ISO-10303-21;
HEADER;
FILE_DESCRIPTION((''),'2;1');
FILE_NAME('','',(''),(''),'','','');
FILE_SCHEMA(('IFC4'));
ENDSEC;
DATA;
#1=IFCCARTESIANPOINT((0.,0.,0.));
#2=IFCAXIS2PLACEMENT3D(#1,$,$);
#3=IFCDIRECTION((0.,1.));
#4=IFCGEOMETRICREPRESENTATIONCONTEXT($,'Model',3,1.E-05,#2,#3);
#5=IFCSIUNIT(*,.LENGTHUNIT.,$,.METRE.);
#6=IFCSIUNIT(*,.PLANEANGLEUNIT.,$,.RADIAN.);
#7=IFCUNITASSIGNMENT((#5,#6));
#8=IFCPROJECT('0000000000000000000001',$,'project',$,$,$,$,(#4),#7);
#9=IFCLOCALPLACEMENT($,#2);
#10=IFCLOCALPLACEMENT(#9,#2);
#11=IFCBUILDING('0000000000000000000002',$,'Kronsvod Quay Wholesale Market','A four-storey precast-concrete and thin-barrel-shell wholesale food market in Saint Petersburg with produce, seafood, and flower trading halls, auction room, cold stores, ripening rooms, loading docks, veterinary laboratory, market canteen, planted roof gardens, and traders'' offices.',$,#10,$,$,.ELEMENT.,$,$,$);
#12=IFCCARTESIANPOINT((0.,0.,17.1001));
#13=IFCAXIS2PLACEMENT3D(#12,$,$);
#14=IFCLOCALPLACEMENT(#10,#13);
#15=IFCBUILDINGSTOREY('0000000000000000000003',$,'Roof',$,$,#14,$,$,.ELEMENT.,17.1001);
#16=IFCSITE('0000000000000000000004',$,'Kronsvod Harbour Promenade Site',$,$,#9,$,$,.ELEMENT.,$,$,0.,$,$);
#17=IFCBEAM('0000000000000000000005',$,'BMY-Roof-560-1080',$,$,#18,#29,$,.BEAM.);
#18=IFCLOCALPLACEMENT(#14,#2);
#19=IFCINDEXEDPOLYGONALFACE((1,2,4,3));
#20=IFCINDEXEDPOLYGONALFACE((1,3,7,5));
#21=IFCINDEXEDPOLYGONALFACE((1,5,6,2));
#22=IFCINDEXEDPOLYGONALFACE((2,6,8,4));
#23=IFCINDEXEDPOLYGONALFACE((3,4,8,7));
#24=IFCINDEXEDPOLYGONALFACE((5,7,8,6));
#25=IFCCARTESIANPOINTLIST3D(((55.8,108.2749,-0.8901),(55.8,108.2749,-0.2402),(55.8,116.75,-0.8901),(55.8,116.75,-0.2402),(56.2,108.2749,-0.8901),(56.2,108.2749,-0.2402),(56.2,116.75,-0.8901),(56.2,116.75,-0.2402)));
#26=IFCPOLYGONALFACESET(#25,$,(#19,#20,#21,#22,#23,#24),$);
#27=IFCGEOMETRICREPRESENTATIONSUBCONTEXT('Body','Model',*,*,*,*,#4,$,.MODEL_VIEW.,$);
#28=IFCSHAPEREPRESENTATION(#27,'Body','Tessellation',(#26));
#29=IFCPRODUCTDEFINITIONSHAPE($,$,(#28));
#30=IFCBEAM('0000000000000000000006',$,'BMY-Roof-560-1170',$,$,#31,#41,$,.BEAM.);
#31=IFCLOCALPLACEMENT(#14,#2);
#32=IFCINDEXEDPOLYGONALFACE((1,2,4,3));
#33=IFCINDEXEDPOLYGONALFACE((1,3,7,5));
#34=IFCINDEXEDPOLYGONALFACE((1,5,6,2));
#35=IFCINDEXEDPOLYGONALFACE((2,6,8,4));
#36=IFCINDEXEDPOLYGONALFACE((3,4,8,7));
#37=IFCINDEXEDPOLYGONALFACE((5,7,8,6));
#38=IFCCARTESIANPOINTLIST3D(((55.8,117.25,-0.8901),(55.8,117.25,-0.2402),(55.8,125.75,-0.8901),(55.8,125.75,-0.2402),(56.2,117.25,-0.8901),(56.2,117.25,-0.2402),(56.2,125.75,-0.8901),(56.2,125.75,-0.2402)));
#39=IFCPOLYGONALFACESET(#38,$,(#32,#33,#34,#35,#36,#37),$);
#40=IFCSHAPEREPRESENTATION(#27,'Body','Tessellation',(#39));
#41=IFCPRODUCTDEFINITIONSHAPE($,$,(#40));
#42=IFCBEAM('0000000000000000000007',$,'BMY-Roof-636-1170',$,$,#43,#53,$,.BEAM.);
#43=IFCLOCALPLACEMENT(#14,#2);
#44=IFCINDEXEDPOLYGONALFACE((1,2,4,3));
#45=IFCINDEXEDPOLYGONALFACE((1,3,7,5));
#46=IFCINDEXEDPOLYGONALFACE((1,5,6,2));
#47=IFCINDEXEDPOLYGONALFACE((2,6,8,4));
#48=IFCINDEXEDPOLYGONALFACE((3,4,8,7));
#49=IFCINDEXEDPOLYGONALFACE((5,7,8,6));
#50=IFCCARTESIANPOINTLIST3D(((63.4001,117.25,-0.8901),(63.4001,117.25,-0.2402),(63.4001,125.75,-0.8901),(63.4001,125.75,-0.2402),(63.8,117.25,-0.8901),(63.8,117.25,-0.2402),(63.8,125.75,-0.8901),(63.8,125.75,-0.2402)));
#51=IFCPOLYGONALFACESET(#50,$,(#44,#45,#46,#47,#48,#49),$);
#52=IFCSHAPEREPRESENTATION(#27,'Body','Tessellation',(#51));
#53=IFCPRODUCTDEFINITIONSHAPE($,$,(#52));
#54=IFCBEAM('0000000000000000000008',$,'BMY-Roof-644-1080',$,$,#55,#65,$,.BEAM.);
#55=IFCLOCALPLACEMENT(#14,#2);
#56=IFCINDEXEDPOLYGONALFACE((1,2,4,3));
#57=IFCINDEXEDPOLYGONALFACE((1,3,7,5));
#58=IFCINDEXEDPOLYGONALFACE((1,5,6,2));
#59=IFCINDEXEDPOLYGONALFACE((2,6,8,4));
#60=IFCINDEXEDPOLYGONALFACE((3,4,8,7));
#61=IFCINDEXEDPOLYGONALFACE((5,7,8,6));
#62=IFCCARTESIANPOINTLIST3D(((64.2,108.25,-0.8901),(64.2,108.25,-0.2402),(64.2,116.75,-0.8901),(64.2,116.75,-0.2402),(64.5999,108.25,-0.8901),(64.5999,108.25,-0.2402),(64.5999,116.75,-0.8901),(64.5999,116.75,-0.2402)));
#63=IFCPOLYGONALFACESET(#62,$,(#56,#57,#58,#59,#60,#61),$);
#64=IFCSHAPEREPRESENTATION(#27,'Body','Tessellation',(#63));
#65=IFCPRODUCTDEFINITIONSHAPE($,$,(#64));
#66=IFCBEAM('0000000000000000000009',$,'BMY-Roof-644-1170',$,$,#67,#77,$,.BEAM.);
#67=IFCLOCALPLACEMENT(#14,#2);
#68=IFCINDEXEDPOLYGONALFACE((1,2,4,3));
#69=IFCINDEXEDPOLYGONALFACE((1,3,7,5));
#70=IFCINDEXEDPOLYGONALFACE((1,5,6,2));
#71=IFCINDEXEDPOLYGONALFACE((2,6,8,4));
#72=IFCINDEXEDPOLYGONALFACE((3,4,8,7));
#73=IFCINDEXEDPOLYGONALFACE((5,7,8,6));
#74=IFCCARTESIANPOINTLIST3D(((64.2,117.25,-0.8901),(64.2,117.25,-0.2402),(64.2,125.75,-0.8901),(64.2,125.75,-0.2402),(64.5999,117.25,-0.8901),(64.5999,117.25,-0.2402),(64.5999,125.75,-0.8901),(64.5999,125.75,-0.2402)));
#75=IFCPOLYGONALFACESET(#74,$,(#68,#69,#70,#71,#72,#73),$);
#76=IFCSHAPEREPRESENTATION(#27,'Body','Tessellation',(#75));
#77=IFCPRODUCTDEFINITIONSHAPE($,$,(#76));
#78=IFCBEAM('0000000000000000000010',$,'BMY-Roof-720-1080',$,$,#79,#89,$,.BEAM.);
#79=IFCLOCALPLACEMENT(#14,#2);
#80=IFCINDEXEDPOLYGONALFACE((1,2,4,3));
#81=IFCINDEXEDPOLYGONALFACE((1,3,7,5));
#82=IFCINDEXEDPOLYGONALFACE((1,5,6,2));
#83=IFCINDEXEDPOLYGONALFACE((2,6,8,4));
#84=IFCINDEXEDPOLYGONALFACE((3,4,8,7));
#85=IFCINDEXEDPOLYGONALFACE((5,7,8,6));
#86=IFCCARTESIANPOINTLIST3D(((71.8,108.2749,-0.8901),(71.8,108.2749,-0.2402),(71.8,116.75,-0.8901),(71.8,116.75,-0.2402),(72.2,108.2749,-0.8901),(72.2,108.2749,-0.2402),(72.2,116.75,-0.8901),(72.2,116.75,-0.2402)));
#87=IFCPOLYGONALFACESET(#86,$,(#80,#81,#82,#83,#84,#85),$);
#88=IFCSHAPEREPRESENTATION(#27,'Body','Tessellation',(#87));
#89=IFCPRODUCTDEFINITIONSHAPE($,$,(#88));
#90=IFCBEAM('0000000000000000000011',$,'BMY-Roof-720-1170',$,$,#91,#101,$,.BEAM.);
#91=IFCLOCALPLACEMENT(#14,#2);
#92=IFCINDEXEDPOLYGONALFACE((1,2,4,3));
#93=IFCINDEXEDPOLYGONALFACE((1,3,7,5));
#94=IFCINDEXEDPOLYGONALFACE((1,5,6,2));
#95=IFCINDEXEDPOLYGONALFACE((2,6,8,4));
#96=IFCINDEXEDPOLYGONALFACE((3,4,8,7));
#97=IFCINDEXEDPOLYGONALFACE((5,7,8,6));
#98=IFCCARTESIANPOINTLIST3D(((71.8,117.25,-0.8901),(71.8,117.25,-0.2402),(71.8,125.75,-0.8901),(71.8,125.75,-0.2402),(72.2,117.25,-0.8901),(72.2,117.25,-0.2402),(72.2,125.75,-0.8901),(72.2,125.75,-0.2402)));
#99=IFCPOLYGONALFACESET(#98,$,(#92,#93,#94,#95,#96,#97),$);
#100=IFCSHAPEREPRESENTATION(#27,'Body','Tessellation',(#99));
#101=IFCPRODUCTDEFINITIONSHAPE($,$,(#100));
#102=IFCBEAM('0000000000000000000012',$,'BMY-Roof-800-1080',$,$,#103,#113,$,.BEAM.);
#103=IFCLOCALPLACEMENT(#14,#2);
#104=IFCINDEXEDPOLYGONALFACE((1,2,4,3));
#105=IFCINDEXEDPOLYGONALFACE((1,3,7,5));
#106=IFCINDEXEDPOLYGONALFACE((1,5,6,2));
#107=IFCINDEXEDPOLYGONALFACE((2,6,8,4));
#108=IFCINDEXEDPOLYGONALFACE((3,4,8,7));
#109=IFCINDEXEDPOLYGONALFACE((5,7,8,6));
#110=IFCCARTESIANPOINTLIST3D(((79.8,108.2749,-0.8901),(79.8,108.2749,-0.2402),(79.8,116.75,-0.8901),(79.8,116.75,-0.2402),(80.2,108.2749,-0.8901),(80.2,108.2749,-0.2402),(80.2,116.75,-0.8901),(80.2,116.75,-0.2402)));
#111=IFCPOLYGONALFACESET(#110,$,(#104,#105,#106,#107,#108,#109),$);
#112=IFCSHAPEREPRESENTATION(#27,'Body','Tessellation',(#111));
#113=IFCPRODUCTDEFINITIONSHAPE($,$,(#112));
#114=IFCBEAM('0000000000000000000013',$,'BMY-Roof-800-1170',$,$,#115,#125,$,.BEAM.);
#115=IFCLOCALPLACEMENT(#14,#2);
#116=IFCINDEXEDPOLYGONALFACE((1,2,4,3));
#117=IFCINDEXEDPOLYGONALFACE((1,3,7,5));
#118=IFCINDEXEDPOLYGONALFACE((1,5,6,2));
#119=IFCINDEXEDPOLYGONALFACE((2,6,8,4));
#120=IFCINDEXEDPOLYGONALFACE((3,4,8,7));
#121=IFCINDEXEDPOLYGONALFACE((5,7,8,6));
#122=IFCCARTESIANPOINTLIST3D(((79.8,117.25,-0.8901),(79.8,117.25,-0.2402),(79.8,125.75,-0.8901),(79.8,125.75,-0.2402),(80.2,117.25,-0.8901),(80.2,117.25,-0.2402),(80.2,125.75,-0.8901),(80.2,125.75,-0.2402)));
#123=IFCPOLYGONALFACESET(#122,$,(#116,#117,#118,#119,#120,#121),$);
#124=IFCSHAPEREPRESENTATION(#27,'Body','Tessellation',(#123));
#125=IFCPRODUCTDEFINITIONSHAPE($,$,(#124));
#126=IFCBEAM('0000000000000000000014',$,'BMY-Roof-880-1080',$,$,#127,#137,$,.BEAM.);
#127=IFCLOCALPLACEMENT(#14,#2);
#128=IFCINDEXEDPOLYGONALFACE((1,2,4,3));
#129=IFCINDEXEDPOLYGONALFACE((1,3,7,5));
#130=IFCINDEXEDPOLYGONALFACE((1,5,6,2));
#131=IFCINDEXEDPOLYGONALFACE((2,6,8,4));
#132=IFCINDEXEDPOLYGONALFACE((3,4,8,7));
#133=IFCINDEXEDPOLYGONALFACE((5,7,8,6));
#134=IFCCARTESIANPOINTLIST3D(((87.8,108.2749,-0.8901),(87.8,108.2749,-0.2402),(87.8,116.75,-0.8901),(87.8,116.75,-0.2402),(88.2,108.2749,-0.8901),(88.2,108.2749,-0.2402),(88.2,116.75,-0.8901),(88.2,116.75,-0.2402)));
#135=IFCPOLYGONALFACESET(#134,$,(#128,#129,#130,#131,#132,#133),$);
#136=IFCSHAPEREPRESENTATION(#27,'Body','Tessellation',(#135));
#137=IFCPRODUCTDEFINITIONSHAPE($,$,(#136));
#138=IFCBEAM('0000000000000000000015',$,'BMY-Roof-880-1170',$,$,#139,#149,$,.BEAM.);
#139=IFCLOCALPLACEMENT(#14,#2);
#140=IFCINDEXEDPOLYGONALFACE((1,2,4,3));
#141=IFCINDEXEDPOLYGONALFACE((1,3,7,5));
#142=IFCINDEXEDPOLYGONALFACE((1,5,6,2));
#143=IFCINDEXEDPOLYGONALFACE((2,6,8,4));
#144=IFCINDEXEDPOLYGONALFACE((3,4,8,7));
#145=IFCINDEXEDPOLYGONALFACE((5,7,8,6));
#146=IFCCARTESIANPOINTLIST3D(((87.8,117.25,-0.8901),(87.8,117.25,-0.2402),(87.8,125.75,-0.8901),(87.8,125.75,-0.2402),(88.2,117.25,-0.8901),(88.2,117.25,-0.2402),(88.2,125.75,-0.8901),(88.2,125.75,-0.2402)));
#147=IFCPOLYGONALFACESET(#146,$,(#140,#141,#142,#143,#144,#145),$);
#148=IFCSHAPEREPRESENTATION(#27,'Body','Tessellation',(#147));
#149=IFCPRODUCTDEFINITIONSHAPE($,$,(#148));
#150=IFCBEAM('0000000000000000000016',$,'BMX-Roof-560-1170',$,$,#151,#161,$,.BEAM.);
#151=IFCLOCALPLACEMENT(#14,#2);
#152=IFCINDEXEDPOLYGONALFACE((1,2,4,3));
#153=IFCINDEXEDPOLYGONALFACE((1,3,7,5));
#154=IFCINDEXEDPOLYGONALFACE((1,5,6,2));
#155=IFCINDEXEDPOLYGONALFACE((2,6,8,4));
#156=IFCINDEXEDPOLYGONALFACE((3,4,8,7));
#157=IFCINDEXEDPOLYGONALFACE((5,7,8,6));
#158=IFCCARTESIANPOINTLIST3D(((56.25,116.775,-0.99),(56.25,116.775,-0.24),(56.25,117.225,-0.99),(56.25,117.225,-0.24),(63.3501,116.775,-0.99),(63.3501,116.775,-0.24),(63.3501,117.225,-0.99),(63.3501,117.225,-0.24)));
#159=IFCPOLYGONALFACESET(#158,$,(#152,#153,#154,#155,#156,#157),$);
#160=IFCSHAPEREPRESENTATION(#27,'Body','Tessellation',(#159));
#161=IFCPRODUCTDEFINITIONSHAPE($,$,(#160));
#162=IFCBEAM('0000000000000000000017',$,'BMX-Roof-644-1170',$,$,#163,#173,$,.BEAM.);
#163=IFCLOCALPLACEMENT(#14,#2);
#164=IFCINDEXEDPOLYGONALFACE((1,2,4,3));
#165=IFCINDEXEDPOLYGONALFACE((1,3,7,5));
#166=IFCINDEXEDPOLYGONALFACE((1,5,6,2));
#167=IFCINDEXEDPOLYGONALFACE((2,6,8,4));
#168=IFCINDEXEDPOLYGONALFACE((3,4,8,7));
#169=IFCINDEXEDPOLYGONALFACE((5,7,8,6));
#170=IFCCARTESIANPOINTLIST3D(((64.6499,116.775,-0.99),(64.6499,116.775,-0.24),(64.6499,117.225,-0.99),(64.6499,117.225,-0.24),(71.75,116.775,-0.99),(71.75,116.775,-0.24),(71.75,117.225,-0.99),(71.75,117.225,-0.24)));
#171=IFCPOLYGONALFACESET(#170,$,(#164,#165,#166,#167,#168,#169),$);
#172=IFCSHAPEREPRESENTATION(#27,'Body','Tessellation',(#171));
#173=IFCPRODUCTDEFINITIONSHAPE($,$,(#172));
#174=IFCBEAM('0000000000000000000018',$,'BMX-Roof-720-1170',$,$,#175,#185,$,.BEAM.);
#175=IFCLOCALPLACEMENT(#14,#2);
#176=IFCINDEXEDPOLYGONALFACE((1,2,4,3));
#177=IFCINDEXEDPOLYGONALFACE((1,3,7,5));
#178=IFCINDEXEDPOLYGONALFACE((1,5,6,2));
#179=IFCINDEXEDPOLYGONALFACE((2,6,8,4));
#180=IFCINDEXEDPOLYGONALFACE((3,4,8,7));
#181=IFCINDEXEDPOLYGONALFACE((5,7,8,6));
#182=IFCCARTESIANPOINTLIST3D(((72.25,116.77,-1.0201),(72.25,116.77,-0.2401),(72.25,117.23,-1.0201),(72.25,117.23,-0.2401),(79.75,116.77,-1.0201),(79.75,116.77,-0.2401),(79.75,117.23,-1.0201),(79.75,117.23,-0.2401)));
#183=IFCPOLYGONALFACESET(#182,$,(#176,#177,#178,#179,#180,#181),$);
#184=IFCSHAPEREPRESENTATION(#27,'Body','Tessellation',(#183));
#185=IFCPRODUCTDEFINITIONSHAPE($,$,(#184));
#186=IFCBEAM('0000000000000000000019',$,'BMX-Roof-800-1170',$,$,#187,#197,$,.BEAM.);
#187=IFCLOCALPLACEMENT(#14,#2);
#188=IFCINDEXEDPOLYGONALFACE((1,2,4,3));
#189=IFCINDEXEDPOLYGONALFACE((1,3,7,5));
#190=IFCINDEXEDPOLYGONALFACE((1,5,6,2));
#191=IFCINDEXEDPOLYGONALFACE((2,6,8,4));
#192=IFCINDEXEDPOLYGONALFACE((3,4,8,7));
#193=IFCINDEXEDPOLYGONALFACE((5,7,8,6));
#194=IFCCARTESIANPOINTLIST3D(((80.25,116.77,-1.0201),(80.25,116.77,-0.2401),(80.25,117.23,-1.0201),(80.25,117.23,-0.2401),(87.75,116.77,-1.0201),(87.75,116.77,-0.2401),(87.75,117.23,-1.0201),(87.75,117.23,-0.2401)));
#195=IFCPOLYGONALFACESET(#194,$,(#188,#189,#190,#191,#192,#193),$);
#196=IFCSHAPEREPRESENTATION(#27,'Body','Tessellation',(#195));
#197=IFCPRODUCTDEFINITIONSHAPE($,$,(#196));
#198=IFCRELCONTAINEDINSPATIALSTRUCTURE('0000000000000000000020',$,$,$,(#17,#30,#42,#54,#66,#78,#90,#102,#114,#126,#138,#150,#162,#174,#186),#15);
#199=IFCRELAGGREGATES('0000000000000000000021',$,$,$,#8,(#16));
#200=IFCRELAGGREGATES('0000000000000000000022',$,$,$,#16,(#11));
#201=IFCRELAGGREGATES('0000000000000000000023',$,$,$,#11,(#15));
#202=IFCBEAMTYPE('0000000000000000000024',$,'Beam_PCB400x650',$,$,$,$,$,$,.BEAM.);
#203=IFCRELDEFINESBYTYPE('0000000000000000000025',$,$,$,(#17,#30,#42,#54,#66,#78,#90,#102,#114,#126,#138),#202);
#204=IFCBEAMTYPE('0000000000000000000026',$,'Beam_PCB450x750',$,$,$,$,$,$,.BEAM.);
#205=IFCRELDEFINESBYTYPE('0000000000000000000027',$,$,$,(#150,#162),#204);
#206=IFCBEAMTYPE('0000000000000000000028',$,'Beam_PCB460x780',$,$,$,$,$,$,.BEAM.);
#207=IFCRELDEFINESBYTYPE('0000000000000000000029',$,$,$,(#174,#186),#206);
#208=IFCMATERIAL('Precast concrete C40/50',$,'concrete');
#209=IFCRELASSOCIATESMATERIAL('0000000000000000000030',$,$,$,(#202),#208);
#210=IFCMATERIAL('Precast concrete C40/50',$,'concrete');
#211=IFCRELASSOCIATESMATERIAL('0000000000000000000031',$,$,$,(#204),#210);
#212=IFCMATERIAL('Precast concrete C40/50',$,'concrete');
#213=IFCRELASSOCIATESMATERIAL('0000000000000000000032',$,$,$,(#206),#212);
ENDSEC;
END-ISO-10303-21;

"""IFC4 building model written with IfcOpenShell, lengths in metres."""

from ifc_helpers import new_model, si_unit, direction, frame, origin, origin_2d, place, context, subcontext, project, spatial, rectangle, extrude, material, material_profile, profile_set, type_object, element, save


model = new_model("IFC4")

# Units and contexts
model_context = context("Model", 3, precision=1e-05, world=origin(), true_north=direction((0.0, 1.0)))
body_context = subcontext(model_context, "Body", "Model", "MODEL_VIEW")
ifc_project = project(units=[si_unit("LENGTHUNIT", "METRE"), si_unit("PLANEANGLEUNIT", "RADIAN")], contexts=[model_context])

# Site, building, storey
site_placement = place(None, origin())
site = spatial("IfcSite", under=ifc_project, at=site_placement, Name="Kronsvod Harbour Promenade Site", CompositionType="ELEMENT", RefElevation=0.0)
building_placement = place(site_placement, origin())
building = spatial("IfcBuilding", under=site, at=building_placement, Name="Kronsvod Quay Wholesale Market", Description="A four-storey precast-concrete and thin-barrel-shell wholesale food market in Saint Petersburg with produce, seafood, and flower trading halls, auction room, cold stores, ripening rooms, loading docks, veterinary laboratory, market canteen, planted roof gardens, and traders' offices.", CompositionType="ELEMENT")
storey_placement = place(building_placement, frame((0.0, 0.0, 17.1001)))
storey = spatial("IfcBuildingStorey", under=building, at=storey_placement, Name="Roof", CompositionType="ELEMENT", Elevation=17.1001)

# Beams
ifc_material_1 = material(Name="Precast concrete C40/50", Category="concrete")
ifc_material_profile_1 = material_profile(ifc_material_1, rectangle(XDim=0.3999, YDim=0.6499, at=origin_2d()), Name="PCB400x650")
ifc_profile_set_1 = profile_set([ifc_material_profile_1], Name="Precast concrete C40/50")
beam_type_1 = type_object("IfcBeamType", Name="Beam_PCB400x650", PredefinedType="BEAM", material=ifc_profile_set_1)
beam_1_placement = place(storey_placement, frame((56.0, 108.2749, -0.5652), z_axis=(0.0, 1.0, 0.0), x_axis=(-1.0, 0.0, 0.0)))
element("IfcBeam", 1, at=beam_1_placement, inside=storey, type_object=beam_type_1, Name="BMY-Roof-560-1080", PredefinedType="BEAM", context=body_context, shape_type="SweptSolid", body=[
    extrude(rectangle(XDim=0.3999, YDim=0.6499, at=origin_2d()), origin(), (0.0, 0.0, 1.0), 8.4751),
])
for number, where, z_axis, x_axis, name in (
    (2, (56.0, 117.25, -0.5652), (0.0, 1.0, 0.0), (-1.0, 0.0, 0.0), "BMY-Roof-560-1170"),
    (3, (63.6001, 117.25, -0.5652), (0.0, 1.0, 0.0), (-1.0, 0.0, 0.0), "BMY-Roof-636-1170"),
    (4, (64.3999, 108.25, -0.5652), (0.0, 1.0, 0.0), (-1.0, 0.0, 0.0), "BMY-Roof-644-1080"),
    (5, (64.3999, 117.25, -0.5652), (0.0, 1.0, 0.0), (-1.0, 0.0, 0.0), "BMY-Roof-644-1170"),
):
    element("IfcBeam", number, at=place(storey_placement, frame(where, z_axis=z_axis, x_axis=x_axis)), inside=storey, type_object=beam_type_1, Name=name, PredefinedType="BEAM", context=body_context, shape_type="SweptSolid", body=[
        extrude(rectangle(XDim=0.3999, YDim=0.6499, at=origin_2d()), origin(), (0.0, 0.0, 1.0), 8.5),
    ])
beam_2_placement = place(storey_placement, frame((72.0, 108.2749, -0.5652), z_axis=(0.0, 1.0, 0.0), x_axis=(-1.0, 0.0, 0.0)))
element("IfcBeam", 6, at=beam_2_placement, inside=storey, type_object=beam_type_1, Name="BMY-Roof-720-1080", PredefinedType="BEAM", context=body_context, shape_type="SweptSolid", body=[
    extrude(rectangle(XDim=0.3999, YDim=0.6499, at=origin_2d()), origin(), (0.0, 0.0, 1.0), 8.4751),
])
beam_3_placement = place(storey_placement, frame((72.0, 117.25, -0.5652), z_axis=(0.0, 1.0, 0.0), x_axis=(-1.0, 0.0, 0.0)))
element("IfcBeam", 7, at=beam_3_placement, inside=storey, type_object=beam_type_1, Name="BMY-Roof-720-1170", PredefinedType="BEAM", context=body_context, shape_type="SweptSolid", body=[
    extrude(rectangle(XDim=0.3999, YDim=0.6499, at=origin_2d()), origin(), (0.0, 0.0, 1.0), 8.5),
])
beam_4_placement = place(storey_placement, frame((80.0, 108.2749, -0.5652), z_axis=(0.0, 1.0, 0.0), x_axis=(-1.0, 0.0, 0.0)))
element("IfcBeam", 8, at=beam_4_placement, inside=storey, type_object=beam_type_1, Name="BMY-Roof-800-1080", PredefinedType="BEAM", context=body_context, shape_type="SweptSolid", body=[
    extrude(rectangle(XDim=0.3999, YDim=0.6499, at=origin_2d()), origin(), (0.0, 0.0, 1.0), 8.4751),
])
beam_5_placement = place(storey_placement, frame((80.0, 117.25, -0.5652), z_axis=(0.0, 1.0, 0.0), x_axis=(-1.0, 0.0, 0.0)))
element("IfcBeam", 9, at=beam_5_placement, inside=storey, type_object=beam_type_1, Name="BMY-Roof-800-1170", PredefinedType="BEAM", context=body_context, shape_type="SweptSolid", body=[
    extrude(rectangle(XDim=0.3999, YDim=0.6499, at=origin_2d()), origin(), (0.0, 0.0, 1.0), 8.5),
])
beam_6_placement = place(storey_placement, frame((88.0, 108.2749, -0.5652), z_axis=(0.0, 1.0, 0.0), x_axis=(-1.0, 0.0, 0.0)))
element("IfcBeam", 10, at=beam_6_placement, inside=storey, type_object=beam_type_1, Name="BMY-Roof-880-1080", PredefinedType="BEAM", context=body_context, shape_type="SweptSolid", body=[
    extrude(rectangle(XDim=0.3999, YDim=0.6499, at=origin_2d()), origin(), (0.0, 0.0, 1.0), 8.4751),
])
beam_7_placement = place(storey_placement, frame((88.0, 117.25, -0.5652), z_axis=(0.0, 1.0, 0.0), x_axis=(-1.0, 0.0, 0.0)))
element("IfcBeam", 11, at=beam_7_placement, inside=storey, type_object=beam_type_1, Name="BMY-Roof-880-1170", PredefinedType="BEAM", context=body_context, shape_type="SweptSolid", body=[
    extrude(rectangle(XDim=0.3999, YDim=0.6499, at=origin_2d()), origin(), (0.0, 0.0, 1.0), 8.5),
])
ifc_material_2 = material(Name="Precast concrete C40/50", Category="concrete")
ifc_material_profile_2 = material_profile(ifc_material_2, rectangle(XDim=0.45, YDim=0.75, at=origin_2d()), Name="PCB450x750")
ifc_profile_set_2 = profile_set([ifc_material_profile_2], Name="Precast concrete C40/50")
beam_type_2 = type_object("IfcBeamType", Name="Beam_PCB450x750", PredefinedType="BEAM", material=ifc_profile_set_2)
for number, where, z_axis, x_axis, name in (
    (12, (56.25, 117.0, -0.615), (1.0, 0.0, 0.0), (0.0, 1.0, 0.0), "BMX-Roof-560-1170"),
    (13, (64.6499, 117.0, -0.615), (1.0, 0.0, 0.0), (0.0, 1.0, 0.0), "BMX-Roof-644-1170"),
):
    element("IfcBeam", number, at=place(storey_placement, frame(where, z_axis=z_axis, x_axis=x_axis)), inside=storey, type_object=beam_type_2, Name=name, PredefinedType="BEAM", context=body_context, shape_type="SweptSolid", body=[
        extrude(rectangle(XDim=0.45, YDim=0.75, at=origin_2d()), origin(), (0.0, 0.0, 1.0), 7.1001),
    ])
ifc_material_3 = material(Name="Precast concrete C40/50", Category="concrete")
ifc_material_profile_3 = material_profile(ifc_material_3, rectangle(XDim=0.46, YDim=0.78, at=origin_2d()), Name="PB-03")
ifc_profile_set_3 = profile_set([ifc_material_profile_3], Name="Precast concrete C40/50")
beam_type_3 = type_object("IfcBeamType", Name="Beam_PCB460x780", PredefinedType="BEAM", material=ifc_profile_set_3)
for number, where, z_axis, x_axis, name in (
    (14, (72.25, 117.0, -0.6301), (1.0, 0.0, 0.0), (0.0, 1.0, 0.0), "BMX-Roof-720-1170"),
    (15, (80.25, 117.0, -0.6301), (1.0, 0.0, 0.0), (0.0, 1.0, 0.0), "BMX-Roof-800-1170"),
):
    element("IfcBeam", number, at=place(storey_placement, frame(where, z_axis=z_axis, x_axis=x_axis)), inside=storey, type_object=beam_type_3, Name=name, PredefinedType="BEAM", context=body_context, shape_type="SweptSolid", body=[
        extrude(rectangle(XDim=0.46, YDim=0.78, at=origin_2d()), origin(), (0.0, 0.0, 1.0), 7.5),
    ])

save(model, "model.ifc")
